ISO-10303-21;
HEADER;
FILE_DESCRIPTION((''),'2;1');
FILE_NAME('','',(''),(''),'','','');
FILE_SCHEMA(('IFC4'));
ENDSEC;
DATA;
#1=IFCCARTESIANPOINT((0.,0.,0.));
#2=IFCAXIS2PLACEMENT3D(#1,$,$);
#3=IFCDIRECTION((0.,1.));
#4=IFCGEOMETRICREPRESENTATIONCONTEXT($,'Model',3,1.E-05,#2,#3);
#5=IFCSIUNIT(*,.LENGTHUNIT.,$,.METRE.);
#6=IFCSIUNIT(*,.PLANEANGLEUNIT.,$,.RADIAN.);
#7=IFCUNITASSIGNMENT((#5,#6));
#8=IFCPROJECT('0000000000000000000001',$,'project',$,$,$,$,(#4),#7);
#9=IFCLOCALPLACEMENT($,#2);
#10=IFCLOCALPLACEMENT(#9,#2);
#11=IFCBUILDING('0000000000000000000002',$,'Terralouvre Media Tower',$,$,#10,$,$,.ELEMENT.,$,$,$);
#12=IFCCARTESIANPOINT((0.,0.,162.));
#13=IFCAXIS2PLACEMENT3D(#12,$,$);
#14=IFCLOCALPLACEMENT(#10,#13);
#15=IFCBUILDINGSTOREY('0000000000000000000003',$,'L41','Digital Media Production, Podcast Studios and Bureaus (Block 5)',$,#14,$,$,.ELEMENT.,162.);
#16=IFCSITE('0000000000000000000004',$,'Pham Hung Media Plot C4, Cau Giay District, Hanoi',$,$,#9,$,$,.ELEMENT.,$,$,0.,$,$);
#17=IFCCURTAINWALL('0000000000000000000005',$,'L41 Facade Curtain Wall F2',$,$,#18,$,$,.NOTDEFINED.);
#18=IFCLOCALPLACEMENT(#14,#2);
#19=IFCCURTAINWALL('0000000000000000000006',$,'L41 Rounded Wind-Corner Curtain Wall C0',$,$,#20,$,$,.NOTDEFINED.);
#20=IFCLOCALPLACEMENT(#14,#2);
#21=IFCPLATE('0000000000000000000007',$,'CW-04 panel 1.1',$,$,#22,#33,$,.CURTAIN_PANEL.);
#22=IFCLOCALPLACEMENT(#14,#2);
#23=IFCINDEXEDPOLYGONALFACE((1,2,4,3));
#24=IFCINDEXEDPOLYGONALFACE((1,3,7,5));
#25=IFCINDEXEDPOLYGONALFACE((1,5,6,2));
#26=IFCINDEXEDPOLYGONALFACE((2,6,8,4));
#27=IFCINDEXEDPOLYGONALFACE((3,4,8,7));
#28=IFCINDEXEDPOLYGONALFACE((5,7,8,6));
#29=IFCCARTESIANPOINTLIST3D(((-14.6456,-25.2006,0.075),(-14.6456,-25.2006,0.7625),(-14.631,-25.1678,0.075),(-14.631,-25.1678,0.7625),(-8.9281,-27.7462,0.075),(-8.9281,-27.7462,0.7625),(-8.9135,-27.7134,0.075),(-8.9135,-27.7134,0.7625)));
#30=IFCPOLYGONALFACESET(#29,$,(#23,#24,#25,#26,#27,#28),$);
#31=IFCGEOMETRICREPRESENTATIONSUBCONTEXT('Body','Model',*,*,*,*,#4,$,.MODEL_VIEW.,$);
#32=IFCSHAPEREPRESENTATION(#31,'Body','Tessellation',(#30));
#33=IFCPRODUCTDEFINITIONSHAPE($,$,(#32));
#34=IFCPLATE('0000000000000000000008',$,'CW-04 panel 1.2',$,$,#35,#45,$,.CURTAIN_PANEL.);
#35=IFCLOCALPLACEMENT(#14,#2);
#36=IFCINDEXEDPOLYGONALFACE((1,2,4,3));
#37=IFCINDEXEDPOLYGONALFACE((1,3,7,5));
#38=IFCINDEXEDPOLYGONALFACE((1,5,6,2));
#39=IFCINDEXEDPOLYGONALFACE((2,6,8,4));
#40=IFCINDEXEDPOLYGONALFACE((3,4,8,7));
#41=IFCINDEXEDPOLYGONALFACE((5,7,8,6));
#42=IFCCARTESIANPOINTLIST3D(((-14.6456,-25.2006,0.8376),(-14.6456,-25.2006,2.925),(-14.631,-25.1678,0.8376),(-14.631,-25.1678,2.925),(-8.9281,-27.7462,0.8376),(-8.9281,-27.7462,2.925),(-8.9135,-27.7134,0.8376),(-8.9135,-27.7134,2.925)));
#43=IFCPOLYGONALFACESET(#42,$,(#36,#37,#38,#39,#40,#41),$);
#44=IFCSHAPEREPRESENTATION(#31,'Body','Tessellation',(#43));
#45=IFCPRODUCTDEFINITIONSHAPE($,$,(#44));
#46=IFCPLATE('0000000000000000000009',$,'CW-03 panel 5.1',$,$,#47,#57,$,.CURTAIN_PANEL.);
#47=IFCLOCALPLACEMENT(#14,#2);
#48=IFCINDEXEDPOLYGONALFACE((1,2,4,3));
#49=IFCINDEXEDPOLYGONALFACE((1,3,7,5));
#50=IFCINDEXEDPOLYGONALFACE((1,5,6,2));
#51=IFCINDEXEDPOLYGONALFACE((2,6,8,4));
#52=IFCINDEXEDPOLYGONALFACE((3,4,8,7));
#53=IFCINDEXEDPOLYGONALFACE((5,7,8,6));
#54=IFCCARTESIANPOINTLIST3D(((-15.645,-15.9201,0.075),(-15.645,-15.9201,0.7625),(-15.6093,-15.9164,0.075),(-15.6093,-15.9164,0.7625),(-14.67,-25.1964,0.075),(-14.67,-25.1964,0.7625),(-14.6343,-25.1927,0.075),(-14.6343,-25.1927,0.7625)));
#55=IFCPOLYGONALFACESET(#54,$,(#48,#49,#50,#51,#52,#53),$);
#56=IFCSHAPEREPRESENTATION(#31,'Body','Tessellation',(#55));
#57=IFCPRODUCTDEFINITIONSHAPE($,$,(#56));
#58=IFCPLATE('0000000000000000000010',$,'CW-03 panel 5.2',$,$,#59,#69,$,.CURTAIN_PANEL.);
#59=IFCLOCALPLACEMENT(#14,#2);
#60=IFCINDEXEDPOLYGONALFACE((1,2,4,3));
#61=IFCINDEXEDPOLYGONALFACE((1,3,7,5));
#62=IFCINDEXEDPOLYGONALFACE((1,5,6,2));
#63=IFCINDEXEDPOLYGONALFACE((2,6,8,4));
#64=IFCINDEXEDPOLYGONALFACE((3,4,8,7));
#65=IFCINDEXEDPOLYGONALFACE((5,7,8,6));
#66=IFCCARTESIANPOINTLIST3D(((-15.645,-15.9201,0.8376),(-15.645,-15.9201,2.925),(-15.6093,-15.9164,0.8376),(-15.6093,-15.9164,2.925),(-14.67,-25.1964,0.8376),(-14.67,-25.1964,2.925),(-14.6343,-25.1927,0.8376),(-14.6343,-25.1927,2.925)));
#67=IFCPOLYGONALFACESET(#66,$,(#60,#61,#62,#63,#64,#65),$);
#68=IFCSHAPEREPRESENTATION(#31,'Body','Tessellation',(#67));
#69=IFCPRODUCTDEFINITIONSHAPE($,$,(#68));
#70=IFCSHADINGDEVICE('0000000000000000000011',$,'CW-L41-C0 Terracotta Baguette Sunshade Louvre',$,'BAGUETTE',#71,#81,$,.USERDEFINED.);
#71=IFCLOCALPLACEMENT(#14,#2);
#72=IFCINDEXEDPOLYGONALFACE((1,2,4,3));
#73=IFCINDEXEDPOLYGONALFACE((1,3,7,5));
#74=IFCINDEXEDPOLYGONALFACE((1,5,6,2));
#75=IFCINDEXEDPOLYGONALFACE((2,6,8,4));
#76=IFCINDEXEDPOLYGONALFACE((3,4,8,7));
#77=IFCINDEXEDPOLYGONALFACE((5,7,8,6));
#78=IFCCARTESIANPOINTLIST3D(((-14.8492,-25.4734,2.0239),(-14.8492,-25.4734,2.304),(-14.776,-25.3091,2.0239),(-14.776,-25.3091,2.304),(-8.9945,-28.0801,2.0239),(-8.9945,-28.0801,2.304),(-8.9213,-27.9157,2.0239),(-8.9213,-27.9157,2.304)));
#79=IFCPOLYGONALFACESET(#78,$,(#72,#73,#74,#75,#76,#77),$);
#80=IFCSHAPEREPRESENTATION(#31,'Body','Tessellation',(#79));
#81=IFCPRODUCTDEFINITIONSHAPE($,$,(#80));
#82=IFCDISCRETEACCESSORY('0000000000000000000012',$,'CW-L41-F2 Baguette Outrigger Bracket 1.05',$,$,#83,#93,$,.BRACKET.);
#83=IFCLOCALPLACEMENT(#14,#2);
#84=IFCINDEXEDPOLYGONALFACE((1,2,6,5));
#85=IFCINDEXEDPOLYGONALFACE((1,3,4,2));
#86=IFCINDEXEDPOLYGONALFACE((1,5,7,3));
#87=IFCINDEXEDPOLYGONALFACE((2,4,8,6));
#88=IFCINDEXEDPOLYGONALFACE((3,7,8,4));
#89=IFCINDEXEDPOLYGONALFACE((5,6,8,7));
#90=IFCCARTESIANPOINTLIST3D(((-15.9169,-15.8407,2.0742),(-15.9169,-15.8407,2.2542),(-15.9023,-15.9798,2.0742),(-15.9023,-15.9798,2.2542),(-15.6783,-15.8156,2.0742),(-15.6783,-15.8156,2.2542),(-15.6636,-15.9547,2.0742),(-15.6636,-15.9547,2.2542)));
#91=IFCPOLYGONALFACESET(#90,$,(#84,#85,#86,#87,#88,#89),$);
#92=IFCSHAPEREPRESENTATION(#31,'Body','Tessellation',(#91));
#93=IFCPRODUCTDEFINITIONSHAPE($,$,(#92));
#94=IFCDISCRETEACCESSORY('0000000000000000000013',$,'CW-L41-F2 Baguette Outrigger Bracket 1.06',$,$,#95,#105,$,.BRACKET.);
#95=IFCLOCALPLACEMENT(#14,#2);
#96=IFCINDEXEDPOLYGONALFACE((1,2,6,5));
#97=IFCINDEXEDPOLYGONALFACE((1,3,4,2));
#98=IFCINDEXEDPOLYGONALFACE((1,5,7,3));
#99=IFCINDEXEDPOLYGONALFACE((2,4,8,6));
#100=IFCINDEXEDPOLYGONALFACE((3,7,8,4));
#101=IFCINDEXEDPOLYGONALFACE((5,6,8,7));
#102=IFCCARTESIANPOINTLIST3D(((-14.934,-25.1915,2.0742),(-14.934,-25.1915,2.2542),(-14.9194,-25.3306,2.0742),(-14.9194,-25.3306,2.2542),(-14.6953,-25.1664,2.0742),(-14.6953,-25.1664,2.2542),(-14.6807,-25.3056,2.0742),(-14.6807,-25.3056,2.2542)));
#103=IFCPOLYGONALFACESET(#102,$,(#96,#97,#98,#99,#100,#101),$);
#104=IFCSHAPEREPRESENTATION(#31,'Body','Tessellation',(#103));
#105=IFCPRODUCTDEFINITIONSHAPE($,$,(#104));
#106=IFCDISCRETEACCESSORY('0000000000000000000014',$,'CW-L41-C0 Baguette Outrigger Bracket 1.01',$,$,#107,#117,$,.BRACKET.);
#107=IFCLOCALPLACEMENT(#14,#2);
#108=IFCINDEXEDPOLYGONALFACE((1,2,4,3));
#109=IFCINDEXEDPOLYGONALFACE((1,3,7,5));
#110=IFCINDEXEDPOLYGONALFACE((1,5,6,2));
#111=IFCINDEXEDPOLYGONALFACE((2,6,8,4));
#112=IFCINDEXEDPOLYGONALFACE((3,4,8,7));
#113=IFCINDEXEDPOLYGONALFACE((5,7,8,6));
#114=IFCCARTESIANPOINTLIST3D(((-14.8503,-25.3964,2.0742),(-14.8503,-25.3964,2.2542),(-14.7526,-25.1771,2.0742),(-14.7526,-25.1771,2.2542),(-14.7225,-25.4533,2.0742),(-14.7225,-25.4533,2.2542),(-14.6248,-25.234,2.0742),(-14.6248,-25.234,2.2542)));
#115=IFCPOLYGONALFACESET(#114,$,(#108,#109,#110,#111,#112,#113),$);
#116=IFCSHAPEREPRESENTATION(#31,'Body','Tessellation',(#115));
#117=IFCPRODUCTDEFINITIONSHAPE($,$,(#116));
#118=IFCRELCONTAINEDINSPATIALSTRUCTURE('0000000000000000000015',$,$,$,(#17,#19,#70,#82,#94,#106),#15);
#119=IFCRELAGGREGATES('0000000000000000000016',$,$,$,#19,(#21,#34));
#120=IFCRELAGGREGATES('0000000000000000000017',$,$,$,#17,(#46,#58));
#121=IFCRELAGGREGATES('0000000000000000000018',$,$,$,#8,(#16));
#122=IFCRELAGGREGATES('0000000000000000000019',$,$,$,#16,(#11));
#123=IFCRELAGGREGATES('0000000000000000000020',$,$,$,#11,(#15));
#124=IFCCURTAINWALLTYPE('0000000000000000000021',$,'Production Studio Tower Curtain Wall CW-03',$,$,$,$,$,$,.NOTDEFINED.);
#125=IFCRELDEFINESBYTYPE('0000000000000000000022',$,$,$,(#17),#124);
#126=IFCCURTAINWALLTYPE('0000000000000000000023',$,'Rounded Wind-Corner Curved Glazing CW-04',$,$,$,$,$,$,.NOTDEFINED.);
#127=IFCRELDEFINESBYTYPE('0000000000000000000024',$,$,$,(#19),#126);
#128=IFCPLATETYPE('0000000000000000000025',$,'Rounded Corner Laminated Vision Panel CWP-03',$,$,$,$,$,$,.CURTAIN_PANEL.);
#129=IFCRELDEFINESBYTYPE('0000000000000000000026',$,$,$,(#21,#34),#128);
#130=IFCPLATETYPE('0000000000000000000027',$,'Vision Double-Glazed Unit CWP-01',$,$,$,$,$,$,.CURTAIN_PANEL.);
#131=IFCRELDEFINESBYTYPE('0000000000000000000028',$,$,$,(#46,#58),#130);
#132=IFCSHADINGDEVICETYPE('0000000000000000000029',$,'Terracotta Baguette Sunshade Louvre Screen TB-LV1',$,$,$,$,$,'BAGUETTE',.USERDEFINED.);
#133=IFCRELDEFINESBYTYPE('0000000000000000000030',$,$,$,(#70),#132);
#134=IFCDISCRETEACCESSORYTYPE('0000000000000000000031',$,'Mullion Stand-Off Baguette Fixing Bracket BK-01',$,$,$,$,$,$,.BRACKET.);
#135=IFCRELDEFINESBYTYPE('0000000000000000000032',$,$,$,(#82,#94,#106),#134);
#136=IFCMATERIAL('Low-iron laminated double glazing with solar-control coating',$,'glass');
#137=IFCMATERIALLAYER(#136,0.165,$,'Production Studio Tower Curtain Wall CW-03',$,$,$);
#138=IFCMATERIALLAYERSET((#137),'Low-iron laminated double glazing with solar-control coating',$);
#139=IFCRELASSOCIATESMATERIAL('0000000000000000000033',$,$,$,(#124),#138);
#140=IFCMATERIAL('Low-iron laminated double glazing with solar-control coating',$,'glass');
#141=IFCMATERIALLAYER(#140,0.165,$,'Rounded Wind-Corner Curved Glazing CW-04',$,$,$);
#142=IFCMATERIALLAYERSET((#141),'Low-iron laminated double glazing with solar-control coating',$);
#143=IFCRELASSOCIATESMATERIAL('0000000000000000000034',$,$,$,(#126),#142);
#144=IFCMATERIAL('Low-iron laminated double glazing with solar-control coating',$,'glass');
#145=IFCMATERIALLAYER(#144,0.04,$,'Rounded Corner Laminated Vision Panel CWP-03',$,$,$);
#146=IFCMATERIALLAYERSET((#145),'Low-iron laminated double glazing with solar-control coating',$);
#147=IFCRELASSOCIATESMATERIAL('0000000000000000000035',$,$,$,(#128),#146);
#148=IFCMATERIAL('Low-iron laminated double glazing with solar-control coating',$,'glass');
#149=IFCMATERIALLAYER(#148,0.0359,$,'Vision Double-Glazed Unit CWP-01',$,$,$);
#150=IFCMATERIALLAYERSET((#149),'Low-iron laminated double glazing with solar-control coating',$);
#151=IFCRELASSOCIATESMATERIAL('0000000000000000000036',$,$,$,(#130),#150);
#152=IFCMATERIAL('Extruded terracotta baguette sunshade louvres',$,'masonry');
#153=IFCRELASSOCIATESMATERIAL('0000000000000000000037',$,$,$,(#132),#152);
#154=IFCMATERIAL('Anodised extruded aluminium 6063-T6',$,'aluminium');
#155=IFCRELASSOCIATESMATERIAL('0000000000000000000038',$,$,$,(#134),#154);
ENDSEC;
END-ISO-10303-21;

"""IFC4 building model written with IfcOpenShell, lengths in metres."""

from ifc_helpers import new_model, si_unit, direction, frame, origin, origin_2d, place, context, subcontext, project, spatial, rectangle, extrude, material, layer, layer_set, type_object, element, aggregate, save


model = new_model("IFC4")

# Units and contexts
model_context = context("Model", 3, precision=1e-05, world=origin(), true_north=direction((0.0, 1.0)))
body_context = subcontext(model_context, "Body", "Model", "MODEL_VIEW")
ifc_project = project(units=[si_unit("LENGTHUNIT", "METRE"), si_unit("PLANEANGLEUNIT", "RADIAN")], contexts=[model_context])

# Site, building, storey
site_placement = place(None, origin())
site = spatial("IfcSite", under=ifc_project, at=site_placement, Name="Pham Hung Media Plot C4, Cau Giay District, Hanoi", CompositionType="ELEMENT", RefElevation=0.0)
building_placement = place(site_placement, origin())
building = spatial("IfcBuilding", under=site, at=building_placement, Name="Terralouvre Media Tower", CompositionType="ELEMENT")
storey_placement = place(building_placement, frame((0.0, 0.0, 162.0)))
storey = spatial("IfcBuildingStorey", under=building, at=storey_placement, Name="L41", Description="Digital Media Production, Podcast Studios and Bureaus (Block 5)", CompositionType="ELEMENT", Elevation=162.0)

# Curtain walls
ifc_material_1 = material(Name="Low-iron laminated double glazing with solar-control coating", Category="glass")
ifc_layer_1 = layer(ifc_material_1, 0.165, Name="Production Studio Tower Curtain Wall CW-03")
ifc_layer_set_1 = layer_set([ifc_layer_1], Name="Low-iron laminated double glazing with solar-control coating")
curtain_wall_type_1 = type_object("IfcCurtainWallType", Name="Production Studio Tower Curtain Wall CW-03", PredefinedType="NOTDEFINED", material=ifc_layer_set_1)
curtain_wall_1_placement = place(storey_placement, origin())
curtain_wall_1 = element("IfcCurtainWall", 1, at=curtain_wall_1_placement, inside=storey, type_object=curtain_wall_type_1, Name="L41 Facade Curtain Wall F2", PredefinedType="NOTDEFINED")
ifc_material_2 = material(Name="Low-iron laminated double glazing with solar-control coating", Category="glass")
ifc_layer_2 = layer(ifc_material_2, 0.165, Name="Rounded Wind-Corner Curved Glazing CW-04")
ifc_layer_set_2 = layer_set([ifc_layer_2], Name="Low-iron laminated double glazing with solar-control coating")
curtain_wall_type_2 = type_object("IfcCurtainWallType", Name="Rounded Wind-Corner Curved Glazing CW-04", PredefinedType="NOTDEFINED", material=ifc_layer_set_2)
curtain_wall_2_placement = place(storey_placement, origin())
curtain_wall_2 = element("IfcCurtainWall", 2, at=curtain_wall_2_placement, inside=storey, type_object=curtain_wall_type_2, Name="L41 Rounded Wind-Corner Curtain Wall C0", PredefinedType="NOTDEFINED")

# Plates
ifc_material_3 = material(Name="Low-iron laminated double glazing with solar-control coating", Category="glass")
ifc_layer_3 = layer(ifc_material_3, 0.04, Name="Rounded Corner Laminated Vision Panel CWP-03")
ifc_layer_set_3 = layer_set([ifc_layer_3], Name="Low-iron laminated double glazing with solar-control coating")
plate_type_1 = type_object("IfcPlateType", Name="Rounded Corner Laminated Vision Panel CWP-03", PredefinedType="CURTAIN_PANEL", material=ifc_layer_set_3)
plate_1_placement = place(storey_placement, frame((-11.7795, -26.457, 0.075), z_axis=(0.0, 0.0, 1.0), x_axis=(0.913545, -0.406737, 0.0)))
plate_1 = element("IfcPlate", 3, at=plate_1_placement, type_object=plate_type_1, Name="CW-04 panel 1.1", PredefinedType="CURTAIN_PANEL", context=body_context, shape_type="SweptSolid", body=[
    extrude(rectangle(XDim=6.2585, YDim=0.0359, at=origin_2d()), origin(), (0.0, 0.0, 1.0), 0.6875),
])
plate_2_placement = place(storey_placement, frame((-11.7795, -26.457, 0.8376), z_axis=(0.0, 0.0, 1.0), x_axis=(0.913545, -0.406737, 0.0)))
plate_2 = element("IfcPlate", 4, at=plate_2_placement, type_object=plate_type_1, Name="CW-04 panel 1.2", PredefinedType="CURTAIN_PANEL", context=body_context, shape_type="SweptSolid", body=[
    extrude(rectangle(XDim=6.2585, YDim=0.0359, at=origin_2d()), origin(), (0.0, 0.0, 1.0), 2.0874),
])
aggregate(curtain_wall_2, [plate_1, plate_2])
ifc_material_4 = material(Name="Low-iron laminated double glazing with solar-control coating", Category="glass")
ifc_layer_4 = layer(ifc_material_4, 0.0359, Name="Vision Double-Glazed Unit CWP-01")
ifc_layer_set_4 = layer_set([ifc_layer_4], Name="Low-iron laminated double glazing with solar-control coating")
plate_type_2 = type_object("IfcPlateType", Name="Vision Double-Glazed Unit CWP-01", PredefinedType="CURTAIN_PANEL", material=ifc_layer_set_4)
plate_3_placement = place(storey_placement, frame((-15.1396, -20.5564, 0.075), z_axis=(0.0, 0.0, 1.0), x_axis=(0.104528, -0.994522, 0.0)))
plate_3 = element("IfcPlate", 5, at=plate_3_placement, type_object=plate_type_2, Name="CW-03 panel 5.1", PredefinedType="CURTAIN_PANEL", context=body_context, shape_type="SweptSolid", body=[
    extrude(rectangle(XDim=9.3274, YDim=0.0359, at=origin_2d()), origin(), (0.0, 0.0, 1.0), 0.6875),
])
plate_4_placement = place(storey_placement, frame((-15.1396, -20.5564, 0.8376), z_axis=(0.0, 0.0, 1.0), x_axis=(0.104528, -0.994522, 0.0)))
plate_4 = element("IfcPlate", 6, at=plate_4_placement, type_object=plate_type_2, Name="CW-03 panel 5.2", PredefinedType="CURTAIN_PANEL", context=body_context, shape_type="SweptSolid", body=[
    extrude(rectangle(XDim=9.3274, YDim=0.0359, at=origin_2d()), origin(), (0.0, 0.0, 1.0), 2.0874),
])
aggregate(curtain_wall_1, [plate_3, plate_4])

# Shading device
ifc_material_5 = material(Name="Extruded terracotta baguette sunshade louvres", Category="masonry")
shading_device_type = type_object("IfcShadingDeviceType", Name="Terracotta Baguette Sunshade Louvre Screen TB-LV1", ElementType="BAGUETTE", PredefinedType="USERDEFINED", material=ifc_material_5)
shading_device_placement = place(storey_placement, frame((-11.8853, -26.6946, 2.0239), z_axis=(0.0, 0.0, 1.0), x_axis=(0.913545, -0.406737, 0.0)))
element("IfcShadingDevice", 7, at=shading_device_placement, inside=storey, type_object=shading_device_type, Name="CW-L41-C0 Terracotta Baguette Sunshade Louvre", ObjectType="BAGUETTE", PredefinedType="USERDEFINED", context=body_context, shape_type="SweptSolid", body=[
    extrude(rectangle(XDim=6.4087, YDim=0.1799, at=origin_2d()), origin(), (0.0, 0.0, 1.0), 0.28),
])

# Discrete accessories
ifc_material_6 = material(Name="Anodised extruded aluminium 6063-T6", Category="aluminium")
discrete_accessory_type = type_object("IfcDiscreteAccessoryType", Name="Mullion Stand-Off Baguette Fixing Bracket BK-01", PredefinedType="BRACKET", material=ifc_material_6)
for number, where, z_axis, x_axis, name in (
    (8, (-15.7903, -15.8977, 2.0742), (0.0, 0.0, 1.0), (0.104528, -0.994522, 0.0), "CW-L41-F2 Baguette Outrigger Bracket 1.05"),
    (9, (-14.8074, -25.2485, 2.0742), (0.0, 0.0, 1.0), (0.104528, -0.994522, 0.0), "CW-L41-F2 Baguette Outrigger Bracket 1.06"),
    (10, (-14.7375, -25.3152, 2.0742), (0.0, 0.0, 1.0), (0.913545, -0.406737, 0.0), "CW-L41-C0 Baguette Outrigger Bracket 1.01"),
):
    element("IfcDiscreteAccessory", number, at=place(storey_placement, frame(where, z_axis=z_axis, x_axis=x_axis)), inside=storey, type_object=discrete_accessory_type, Name=name, PredefinedType="BRACKET", context=body_context, shape_type="SweptSolid", body=[
        extrude(rectangle(XDim=0.1399, YDim=0.24, at=origin_2d()), origin(), (0.0, 0.0, 1.0), 0.1799),
    ])

save(model, "model.ifc")
